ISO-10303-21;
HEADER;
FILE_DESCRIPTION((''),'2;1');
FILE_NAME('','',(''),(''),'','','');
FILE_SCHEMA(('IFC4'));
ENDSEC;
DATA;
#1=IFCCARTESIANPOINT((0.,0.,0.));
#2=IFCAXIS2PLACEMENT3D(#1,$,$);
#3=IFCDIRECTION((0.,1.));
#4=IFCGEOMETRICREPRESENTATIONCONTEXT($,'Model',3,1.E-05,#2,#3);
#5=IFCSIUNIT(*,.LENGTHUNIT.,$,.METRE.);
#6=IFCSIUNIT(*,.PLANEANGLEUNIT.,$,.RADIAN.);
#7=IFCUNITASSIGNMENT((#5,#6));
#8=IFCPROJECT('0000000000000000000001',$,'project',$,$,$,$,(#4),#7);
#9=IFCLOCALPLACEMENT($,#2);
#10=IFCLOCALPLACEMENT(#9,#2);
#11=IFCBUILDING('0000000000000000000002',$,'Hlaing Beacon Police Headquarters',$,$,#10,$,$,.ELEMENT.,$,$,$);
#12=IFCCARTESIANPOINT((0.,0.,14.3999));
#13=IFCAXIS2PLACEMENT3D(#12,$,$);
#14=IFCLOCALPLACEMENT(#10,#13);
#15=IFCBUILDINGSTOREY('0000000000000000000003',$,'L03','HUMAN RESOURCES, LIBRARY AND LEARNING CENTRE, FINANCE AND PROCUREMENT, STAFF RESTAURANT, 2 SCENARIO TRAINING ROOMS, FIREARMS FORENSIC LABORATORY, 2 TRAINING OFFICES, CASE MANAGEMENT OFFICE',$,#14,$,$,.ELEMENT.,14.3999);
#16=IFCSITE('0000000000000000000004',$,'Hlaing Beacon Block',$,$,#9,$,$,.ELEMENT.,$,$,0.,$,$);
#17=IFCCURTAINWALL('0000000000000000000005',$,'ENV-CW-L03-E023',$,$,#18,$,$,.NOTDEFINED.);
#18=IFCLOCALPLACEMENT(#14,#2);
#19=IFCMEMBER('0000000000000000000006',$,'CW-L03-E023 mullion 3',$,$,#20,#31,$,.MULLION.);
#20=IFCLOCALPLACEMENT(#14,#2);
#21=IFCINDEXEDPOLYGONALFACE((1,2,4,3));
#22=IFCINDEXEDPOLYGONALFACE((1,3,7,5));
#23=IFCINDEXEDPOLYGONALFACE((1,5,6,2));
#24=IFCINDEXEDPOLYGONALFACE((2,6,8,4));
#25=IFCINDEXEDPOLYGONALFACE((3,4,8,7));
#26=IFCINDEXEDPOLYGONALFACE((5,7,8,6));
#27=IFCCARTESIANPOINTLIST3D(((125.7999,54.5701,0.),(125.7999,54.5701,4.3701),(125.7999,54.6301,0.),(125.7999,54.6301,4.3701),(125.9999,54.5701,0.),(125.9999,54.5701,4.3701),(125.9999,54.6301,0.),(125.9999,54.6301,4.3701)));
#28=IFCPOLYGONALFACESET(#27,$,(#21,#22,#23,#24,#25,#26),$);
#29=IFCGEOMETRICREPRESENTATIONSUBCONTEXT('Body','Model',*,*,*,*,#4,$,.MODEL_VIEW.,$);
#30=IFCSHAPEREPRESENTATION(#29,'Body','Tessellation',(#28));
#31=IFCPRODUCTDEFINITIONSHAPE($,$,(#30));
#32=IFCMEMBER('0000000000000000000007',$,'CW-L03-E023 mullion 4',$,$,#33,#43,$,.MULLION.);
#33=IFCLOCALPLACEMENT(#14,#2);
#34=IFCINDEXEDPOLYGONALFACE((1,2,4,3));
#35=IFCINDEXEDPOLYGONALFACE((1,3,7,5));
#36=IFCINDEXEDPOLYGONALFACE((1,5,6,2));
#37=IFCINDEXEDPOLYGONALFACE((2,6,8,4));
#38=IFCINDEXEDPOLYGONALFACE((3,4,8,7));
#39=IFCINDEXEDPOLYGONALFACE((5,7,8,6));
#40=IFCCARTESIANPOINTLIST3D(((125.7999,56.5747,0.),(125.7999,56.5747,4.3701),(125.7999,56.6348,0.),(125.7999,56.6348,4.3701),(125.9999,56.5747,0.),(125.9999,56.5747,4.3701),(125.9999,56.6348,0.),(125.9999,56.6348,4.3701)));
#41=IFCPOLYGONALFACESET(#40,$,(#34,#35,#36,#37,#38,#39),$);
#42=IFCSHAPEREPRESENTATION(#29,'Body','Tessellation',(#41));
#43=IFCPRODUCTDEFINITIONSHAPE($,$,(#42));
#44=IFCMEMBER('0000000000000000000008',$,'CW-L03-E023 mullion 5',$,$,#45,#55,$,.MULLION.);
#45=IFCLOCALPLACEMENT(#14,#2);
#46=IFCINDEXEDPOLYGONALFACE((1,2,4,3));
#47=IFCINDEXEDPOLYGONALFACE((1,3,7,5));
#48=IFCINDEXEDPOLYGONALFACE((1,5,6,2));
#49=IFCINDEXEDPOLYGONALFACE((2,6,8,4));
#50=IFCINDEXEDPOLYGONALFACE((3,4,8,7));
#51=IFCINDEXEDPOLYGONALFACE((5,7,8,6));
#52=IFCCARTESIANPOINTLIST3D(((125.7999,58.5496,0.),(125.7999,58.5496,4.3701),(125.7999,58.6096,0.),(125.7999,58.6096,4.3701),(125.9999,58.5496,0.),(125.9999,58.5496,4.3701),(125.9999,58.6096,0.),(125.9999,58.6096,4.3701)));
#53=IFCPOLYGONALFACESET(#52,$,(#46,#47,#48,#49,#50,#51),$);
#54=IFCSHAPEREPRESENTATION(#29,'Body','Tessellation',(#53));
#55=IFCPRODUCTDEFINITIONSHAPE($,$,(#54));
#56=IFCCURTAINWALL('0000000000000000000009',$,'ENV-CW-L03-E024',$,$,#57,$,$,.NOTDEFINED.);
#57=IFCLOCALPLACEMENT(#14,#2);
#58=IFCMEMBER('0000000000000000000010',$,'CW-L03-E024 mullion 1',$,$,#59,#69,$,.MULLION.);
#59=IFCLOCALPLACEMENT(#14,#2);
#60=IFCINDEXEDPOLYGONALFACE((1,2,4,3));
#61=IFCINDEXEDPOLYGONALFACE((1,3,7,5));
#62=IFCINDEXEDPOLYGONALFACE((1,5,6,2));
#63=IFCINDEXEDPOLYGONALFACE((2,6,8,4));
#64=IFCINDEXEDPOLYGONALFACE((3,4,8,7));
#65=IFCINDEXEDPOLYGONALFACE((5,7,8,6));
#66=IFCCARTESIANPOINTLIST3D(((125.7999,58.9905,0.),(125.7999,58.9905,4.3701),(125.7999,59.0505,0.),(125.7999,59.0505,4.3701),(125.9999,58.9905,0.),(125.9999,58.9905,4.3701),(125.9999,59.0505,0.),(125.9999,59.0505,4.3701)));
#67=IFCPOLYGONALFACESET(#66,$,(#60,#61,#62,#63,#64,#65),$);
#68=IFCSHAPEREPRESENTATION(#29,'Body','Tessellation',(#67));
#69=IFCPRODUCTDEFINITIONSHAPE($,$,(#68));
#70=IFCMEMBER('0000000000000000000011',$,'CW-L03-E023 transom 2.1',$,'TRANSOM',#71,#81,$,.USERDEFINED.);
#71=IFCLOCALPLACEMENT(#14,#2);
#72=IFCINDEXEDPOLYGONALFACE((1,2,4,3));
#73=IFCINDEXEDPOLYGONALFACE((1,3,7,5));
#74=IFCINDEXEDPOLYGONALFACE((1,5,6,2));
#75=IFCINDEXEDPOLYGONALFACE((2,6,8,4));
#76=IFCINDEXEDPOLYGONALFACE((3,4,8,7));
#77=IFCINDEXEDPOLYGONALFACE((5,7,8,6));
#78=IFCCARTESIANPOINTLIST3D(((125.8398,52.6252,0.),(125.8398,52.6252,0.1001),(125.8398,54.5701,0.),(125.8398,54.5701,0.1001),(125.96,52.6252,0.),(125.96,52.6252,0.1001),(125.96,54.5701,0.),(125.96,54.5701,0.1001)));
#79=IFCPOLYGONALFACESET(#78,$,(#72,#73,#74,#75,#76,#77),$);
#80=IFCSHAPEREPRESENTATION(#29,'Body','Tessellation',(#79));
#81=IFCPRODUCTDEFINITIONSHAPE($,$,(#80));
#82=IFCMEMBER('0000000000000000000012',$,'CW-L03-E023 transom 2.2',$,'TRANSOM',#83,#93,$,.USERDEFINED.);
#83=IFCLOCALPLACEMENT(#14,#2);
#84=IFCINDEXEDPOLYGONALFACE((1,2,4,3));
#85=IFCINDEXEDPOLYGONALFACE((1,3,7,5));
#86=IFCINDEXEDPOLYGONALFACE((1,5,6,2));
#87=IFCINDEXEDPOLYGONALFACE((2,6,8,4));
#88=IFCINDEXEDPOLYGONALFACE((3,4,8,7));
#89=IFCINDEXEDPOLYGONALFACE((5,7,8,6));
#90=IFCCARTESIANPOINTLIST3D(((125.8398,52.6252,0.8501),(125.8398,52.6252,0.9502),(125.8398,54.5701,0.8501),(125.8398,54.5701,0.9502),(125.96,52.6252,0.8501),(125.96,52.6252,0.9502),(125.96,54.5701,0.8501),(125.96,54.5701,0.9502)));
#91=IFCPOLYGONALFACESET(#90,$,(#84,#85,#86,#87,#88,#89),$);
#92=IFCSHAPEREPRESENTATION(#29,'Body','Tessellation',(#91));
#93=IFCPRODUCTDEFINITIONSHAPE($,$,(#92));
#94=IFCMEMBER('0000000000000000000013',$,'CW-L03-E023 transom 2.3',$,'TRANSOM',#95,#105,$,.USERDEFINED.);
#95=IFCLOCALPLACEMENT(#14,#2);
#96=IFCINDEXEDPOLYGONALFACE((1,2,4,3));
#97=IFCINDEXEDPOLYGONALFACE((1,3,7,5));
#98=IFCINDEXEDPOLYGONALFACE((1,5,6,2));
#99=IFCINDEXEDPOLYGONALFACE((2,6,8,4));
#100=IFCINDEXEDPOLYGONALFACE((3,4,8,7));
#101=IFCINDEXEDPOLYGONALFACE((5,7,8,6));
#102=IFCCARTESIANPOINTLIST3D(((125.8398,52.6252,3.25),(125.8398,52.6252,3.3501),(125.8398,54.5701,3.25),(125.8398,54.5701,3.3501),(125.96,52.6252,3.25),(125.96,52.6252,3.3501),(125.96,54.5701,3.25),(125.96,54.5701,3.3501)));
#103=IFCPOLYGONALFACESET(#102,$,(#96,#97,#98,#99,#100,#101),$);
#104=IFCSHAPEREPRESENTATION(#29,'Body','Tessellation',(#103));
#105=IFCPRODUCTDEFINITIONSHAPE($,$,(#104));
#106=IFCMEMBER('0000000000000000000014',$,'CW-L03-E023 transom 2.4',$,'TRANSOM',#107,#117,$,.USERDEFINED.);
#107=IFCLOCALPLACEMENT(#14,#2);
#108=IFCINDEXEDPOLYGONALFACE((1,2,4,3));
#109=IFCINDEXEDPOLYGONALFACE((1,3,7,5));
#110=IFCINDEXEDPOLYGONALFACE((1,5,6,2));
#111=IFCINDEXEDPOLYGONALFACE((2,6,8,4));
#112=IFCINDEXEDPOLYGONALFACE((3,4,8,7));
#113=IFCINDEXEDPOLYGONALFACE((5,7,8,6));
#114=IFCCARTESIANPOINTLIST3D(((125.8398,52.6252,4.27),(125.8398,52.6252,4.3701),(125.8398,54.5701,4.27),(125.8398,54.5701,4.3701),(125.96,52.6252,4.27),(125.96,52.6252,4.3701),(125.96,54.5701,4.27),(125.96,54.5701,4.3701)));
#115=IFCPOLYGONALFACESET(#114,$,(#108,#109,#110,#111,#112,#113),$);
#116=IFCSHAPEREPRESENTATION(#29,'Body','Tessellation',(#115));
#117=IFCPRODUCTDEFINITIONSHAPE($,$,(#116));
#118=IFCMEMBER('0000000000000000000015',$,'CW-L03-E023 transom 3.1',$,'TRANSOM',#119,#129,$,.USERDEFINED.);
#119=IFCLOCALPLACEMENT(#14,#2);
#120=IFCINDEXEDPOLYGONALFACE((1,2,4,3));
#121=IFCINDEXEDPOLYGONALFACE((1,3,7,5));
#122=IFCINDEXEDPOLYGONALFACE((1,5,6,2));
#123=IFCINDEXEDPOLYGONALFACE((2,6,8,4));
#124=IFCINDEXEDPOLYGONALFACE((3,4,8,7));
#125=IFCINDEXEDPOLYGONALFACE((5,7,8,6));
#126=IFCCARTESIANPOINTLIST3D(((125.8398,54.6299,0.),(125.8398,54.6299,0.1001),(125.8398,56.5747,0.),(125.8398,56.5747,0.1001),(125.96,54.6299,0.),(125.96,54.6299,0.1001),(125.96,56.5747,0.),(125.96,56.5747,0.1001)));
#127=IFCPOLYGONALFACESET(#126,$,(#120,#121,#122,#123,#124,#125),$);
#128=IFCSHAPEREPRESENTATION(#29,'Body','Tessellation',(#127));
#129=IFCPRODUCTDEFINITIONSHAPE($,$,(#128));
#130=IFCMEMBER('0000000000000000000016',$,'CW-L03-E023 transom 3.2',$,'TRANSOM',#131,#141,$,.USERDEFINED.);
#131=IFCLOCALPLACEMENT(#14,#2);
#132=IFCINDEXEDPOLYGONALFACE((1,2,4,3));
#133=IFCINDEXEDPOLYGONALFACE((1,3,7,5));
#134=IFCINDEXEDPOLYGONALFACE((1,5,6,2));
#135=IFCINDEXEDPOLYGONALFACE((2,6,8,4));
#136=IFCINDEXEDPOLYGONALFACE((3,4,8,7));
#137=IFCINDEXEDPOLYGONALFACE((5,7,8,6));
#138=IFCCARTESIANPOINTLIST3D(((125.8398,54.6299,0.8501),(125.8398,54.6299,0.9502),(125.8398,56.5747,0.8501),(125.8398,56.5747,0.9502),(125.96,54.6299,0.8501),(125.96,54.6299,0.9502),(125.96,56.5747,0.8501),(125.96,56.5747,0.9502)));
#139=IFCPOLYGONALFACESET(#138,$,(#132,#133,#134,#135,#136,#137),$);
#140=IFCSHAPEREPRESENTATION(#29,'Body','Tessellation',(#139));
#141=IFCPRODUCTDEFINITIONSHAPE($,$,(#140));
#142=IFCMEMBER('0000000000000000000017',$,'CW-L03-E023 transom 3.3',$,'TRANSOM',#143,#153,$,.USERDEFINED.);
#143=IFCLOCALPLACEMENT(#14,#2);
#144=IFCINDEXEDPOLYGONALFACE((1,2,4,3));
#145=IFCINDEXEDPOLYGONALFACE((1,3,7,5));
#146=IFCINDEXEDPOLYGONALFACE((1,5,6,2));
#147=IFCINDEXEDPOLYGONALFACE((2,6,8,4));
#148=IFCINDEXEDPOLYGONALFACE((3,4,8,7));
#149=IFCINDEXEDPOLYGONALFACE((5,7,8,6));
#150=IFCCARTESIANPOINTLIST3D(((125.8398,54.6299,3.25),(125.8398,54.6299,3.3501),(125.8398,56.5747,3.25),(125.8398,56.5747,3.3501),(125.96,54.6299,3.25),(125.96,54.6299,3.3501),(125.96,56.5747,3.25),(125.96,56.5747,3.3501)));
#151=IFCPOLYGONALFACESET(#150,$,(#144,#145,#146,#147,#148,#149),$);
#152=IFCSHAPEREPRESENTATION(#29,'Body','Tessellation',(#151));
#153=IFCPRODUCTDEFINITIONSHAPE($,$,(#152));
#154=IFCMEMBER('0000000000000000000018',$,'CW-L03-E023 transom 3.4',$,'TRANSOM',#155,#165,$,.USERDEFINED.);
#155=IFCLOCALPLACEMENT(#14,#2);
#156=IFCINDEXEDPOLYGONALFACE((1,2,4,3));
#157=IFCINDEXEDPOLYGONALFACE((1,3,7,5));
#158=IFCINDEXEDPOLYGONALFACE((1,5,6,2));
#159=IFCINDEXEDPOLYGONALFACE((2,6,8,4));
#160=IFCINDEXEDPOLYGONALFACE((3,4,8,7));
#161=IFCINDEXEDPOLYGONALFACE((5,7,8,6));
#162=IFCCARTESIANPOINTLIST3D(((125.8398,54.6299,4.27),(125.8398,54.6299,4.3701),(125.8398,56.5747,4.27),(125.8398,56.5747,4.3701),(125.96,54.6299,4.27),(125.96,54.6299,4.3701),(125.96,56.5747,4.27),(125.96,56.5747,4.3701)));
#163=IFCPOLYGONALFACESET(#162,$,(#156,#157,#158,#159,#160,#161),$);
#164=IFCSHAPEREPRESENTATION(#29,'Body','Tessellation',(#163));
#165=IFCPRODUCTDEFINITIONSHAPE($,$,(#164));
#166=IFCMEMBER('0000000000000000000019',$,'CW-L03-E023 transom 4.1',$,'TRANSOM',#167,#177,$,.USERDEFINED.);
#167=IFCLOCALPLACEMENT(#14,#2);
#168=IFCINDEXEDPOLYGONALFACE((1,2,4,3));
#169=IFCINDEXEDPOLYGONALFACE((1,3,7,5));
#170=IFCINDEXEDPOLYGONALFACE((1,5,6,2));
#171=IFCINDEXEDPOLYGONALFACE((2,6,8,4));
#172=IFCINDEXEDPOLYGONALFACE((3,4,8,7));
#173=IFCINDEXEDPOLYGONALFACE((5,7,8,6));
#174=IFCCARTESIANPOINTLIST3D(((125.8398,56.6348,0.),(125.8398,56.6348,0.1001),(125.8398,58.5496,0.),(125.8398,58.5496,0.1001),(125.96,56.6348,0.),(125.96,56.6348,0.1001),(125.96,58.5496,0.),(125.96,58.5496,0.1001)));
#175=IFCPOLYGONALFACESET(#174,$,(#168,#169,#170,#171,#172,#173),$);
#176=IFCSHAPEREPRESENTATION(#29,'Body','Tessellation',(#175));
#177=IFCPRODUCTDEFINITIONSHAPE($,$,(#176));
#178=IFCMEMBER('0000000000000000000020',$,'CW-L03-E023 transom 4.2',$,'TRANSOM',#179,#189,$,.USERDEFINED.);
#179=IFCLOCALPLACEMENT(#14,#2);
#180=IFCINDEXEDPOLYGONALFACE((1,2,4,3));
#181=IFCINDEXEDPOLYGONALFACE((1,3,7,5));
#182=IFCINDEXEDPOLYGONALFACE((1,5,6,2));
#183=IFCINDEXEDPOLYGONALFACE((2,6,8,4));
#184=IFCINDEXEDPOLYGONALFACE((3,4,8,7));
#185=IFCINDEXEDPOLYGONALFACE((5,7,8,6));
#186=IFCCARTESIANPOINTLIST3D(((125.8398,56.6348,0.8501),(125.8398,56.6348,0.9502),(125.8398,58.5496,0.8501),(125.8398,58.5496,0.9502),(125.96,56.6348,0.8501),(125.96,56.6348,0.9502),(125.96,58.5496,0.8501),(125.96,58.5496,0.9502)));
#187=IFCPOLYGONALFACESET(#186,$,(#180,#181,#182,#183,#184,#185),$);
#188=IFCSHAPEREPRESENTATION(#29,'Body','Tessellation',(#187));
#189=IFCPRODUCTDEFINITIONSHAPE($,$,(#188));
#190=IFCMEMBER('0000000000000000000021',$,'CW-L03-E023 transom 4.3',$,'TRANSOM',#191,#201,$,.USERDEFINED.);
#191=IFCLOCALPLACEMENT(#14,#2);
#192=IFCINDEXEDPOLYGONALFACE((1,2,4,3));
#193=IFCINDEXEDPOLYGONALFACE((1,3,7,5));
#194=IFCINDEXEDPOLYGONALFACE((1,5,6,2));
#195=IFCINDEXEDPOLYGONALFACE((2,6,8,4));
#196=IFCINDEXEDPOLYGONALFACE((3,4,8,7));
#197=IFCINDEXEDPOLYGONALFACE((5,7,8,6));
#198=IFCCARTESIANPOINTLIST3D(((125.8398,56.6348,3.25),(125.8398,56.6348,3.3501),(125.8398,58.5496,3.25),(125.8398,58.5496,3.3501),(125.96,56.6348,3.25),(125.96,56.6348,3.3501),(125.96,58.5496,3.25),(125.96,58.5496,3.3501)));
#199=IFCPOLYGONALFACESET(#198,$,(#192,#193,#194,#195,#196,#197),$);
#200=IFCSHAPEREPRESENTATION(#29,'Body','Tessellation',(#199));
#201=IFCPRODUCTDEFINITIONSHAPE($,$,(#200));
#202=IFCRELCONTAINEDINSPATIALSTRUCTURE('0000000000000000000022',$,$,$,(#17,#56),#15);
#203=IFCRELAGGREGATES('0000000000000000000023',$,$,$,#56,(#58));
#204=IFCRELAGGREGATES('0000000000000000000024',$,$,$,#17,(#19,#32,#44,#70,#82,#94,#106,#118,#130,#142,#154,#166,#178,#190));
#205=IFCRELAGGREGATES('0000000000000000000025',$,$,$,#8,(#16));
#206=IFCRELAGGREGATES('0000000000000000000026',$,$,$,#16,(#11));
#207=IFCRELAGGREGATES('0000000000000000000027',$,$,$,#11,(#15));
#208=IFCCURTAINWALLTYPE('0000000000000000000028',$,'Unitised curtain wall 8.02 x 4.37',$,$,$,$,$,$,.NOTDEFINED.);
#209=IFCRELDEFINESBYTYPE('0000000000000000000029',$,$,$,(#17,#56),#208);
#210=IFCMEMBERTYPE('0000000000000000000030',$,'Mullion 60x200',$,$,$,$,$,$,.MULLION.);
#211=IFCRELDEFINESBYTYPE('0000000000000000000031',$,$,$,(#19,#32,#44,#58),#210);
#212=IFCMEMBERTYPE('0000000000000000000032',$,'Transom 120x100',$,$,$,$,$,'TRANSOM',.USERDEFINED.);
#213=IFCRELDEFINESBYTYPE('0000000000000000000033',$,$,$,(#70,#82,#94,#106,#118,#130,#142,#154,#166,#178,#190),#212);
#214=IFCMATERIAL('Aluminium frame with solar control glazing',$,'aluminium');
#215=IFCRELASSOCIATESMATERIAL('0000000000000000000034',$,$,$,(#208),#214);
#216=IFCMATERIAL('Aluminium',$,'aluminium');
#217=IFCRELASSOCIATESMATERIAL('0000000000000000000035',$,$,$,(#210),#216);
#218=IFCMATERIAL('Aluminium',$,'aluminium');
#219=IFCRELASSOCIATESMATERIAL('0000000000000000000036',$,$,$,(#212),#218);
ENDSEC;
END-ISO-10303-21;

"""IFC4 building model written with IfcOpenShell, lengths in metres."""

from ifc_helpers import new_model, si_unit, direction, frame, origin, origin_2d, place, context, subcontext, project, spatial, rectangle, extrude, material, material_profile, profile_set, type_object, element, aggregate, save


model = new_model("IFC4")

# Units and contexts
model_context = context("Model", 3, precision=1e-05, world=origin(), true_north=direction((0.0, 1.0)))
body_context = subcontext(model_context, "Body", "Model", "MODEL_VIEW")
ifc_project = project(units=[si_unit("LENGTHUNIT", "METRE"), si_unit("PLANEANGLEUNIT", "RADIAN")], contexts=[model_context])

# Site, building, storey
site_placement = place(None, origin())
site = spatial("IfcSite", under=ifc_project, at=site_placement, Name="Hlaing Beacon Block", CompositionType="ELEMENT", RefElevation=0.0)
building_placement = place(site_placement, origin())
building = spatial("IfcBuilding", under=site, at=building_placement, Name="Hlaing Beacon Police Headquarters", CompositionType="ELEMENT")
storey_placement = place(building_placement, frame((0.0, 0.0, 14.3999)))
storey = spatial("IfcBuildingStorey", under=building, at=storey_placement, Name="L03", Description="HUMAN RESOURCES, LIBRARY AND LEARNING CENTRE, FINANCE AND PROCUREMENT, STAFF RESTAURANT, 2 SCENARIO TRAINING ROOMS, FIREARMS FORENSIC LABORATORY, 2 TRAINING OFFICES, CASE MANAGEMENT OFFICE", CompositionType="ELEMENT", Elevation=14.3999)

# Curtain wall, members
ifc_material_1 = material(Name="Aluminium frame with solar control glazing", Category="aluminium")
curtain_wall_type = type_object("IfcCurtainWallType", Name="Unitised curtain wall 8.02 x 4.37", PredefinedType="NOTDEFINED", material=ifc_material_1)
curtain_wall_1_placement = place(storey_placement, origin())
curtain_wall_1 = element("IfcCurtainWall", 1, at=curtain_wall_1_placement, inside=storey, type_object=curtain_wall_type, Name="ENV-CW-L03-E023", PredefinedType="NOTDEFINED")
ifc_material_2 = material(Name="Aluminium", Category="aluminium")
ifc_material_profile_1 = material_profile(ifc_material_2, rectangle(XDim=0.2, YDim=0.0601, at=origin_2d()), Name="Mullion 60x200")
ifc_profile_set_1 = profile_set([ifc_material_profile_1], Name="Aluminium")
member_type_1 = type_object("IfcMemberType", Name="Mullion 60x200", PredefinedType="MULLION", material=ifc_profile_set_1)
member_1_placement = place(storey_placement, frame((125.8999, 54.6001, 0.0), z_axis=(0.0, 0.0, 1.0), x_axis=(-1.0, 0.0, 0.0)))
member_1 = element("IfcMember", 2, at=member_1_placement, type_object=member_type_1, Name="CW-L03-E023 mullion 3", PredefinedType="MULLION", context=body_context, shape_type="SweptSolid", body=[
    extrude(rectangle(XDim=0.2, YDim=0.0601, at=origin_2d()), origin(), (0.0, 0.0, 1.0), 4.3701),
])
member_2_placement = place(storey_placement, frame((125.8999, 56.6047, 0.0), z_axis=(0.0, 0.0, 1.0), x_axis=(-1.0, 0.0, 0.0)))
member_2 = element("IfcMember", 3, at=member_2_placement, type_object=member_type_1, Name="CW-L03-E023 mullion 4", PredefinedType="MULLION", context=body_context, shape_type="SweptSolid", body=[
    extrude(rectangle(XDim=0.2, YDim=0.0601, at=origin_2d()), origin(), (0.0, 0.0, 1.0), 4.3701),
])
member_3_placement = place(storey_placement, frame((125.8999, 58.5796, 0.0), z_axis=(0.0, 0.0, 1.0), x_axis=(-1.0, 0.0, 0.0)))
member_3 = element("IfcMember", 4, at=member_3_placement, type_object=member_type_1, Name="CW-L03-E023 mullion 5", PredefinedType="MULLION", context=body_context, shape_type="SweptSolid", body=[
    extrude(rectangle(XDim=0.2, YDim=0.0601, at=origin_2d()), origin(), (0.0, 0.0, 1.0), 4.3701),
])

# Curtain wall, member
curtain_wall_2_placement = place(storey_placement, origin())
curtain_wall_2 = element("IfcCurtainWall", 5, at=curtain_wall_2_placement, inside=storey, type_object=curtain_wall_type, Name="ENV-CW-L03-E024", PredefinedType="NOTDEFINED")
member_4_placement = place(storey_placement, frame((125.8999, 59.0205, 0.0), z_axis=(0.0, 0.0, 1.0), x_axis=(-1.0, 0.0, 0.0)))
member_4 = element("IfcMember", 6, at=member_4_placement, type_object=member_type_1, Name="CW-L03-E024 mullion 1", PredefinedType="MULLION", context=body_context, shape_type="SweptSolid", body=[
    extrude(rectangle(XDim=0.2, YDim=0.0601, at=origin_2d()), origin(), (0.0, 0.0, 1.0), 4.3701),
])
aggregate(curtain_wall_2, [member_4])

# Members
ifc_material_3 = material(Name="Aluminium", Category="aluminium")
ifc_material_profile_2 = material_profile(ifc_material_3, rectangle(XDim=0.1201, YDim=0.1001, at=origin_2d()), Name="Transom 120x100")
ifc_profile_set_2 = profile_set([ifc_material_profile_2], Name="Aluminium")
member_type_2 = type_object("IfcMemberType", Name="Transom 120x100", ElementType="TRANSOM", PredefinedType="USERDEFINED", material=ifc_profile_set_2)
member_5_placement = place(storey_placement, frame((125.8999, 52.6252, 0.05), z_axis=(0.0, 1.0, 0.0), x_axis=(-1.0, 0.0, 0.0)))
member_5 = element("IfcMember", 7, at=member_5_placement, type_object=member_type_2, Name="CW-L03-E023 transom 2.1", ObjectType="TRANSOM", PredefinedType="USERDEFINED", context=body_context, shape_type="SweptSolid", body=[
    extrude(rectangle(XDim=0.1201, YDim=0.1001, at=origin_2d()), origin(), (0.0, 0.0, 1.0), 1.9448),
])
member_6_placement = place(storey_placement, frame((125.8999, 52.6252, 0.9001), z_axis=(0.0, 1.0, 0.0), x_axis=(-1.0, 0.0, 0.0)))
member_6 = element("IfcMember", 8, at=member_6_placement, type_object=member_type_2, Name="CW-L03-E023 transom 2.2", ObjectType="TRANSOM", PredefinedType="USERDEFINED", context=body_context, shape_type="SweptSolid", body=[
    extrude(rectangle(XDim=0.1201, YDim=0.1001, at=origin_2d()), origin(), (0.0, 0.0, 1.0), 1.9448),
])
member_7_placement = place(storey_placement, frame((125.8999, 52.6252, 3.3), z_axis=(0.0, 1.0, 0.0), x_axis=(-1.0, 0.0, 0.0)))
member_7 = element("IfcMember", 9, at=member_7_placement, type_object=member_type_2, Name="CW-L03-E023 transom 2.3", ObjectType="TRANSOM", PredefinedType="USERDEFINED", context=body_context, shape_type="SweptSolid", body=[
    extrude(rectangle(XDim=0.1201, YDim=0.1001, at=origin_2d()), origin(), (0.0, 0.0, 1.0), 1.9448),
])
member_8_placement = place(storey_placement, frame((125.8999, 52.6252, 4.3201), z_axis=(0.0, 1.0, 0.0), x_axis=(-1.0, 0.0, 0.0)))
member_8 = element("IfcMember", 10, at=member_8_placement, type_object=member_type_2, Name="CW-L03-E023 transom 2.4", ObjectType="TRANSOM", PredefinedType="USERDEFINED", context=body_context, shape_type="SweptSolid", body=[
    extrude(rectangle(XDim=0.1201, YDim=0.1001, at=origin_2d()), origin(), (0.0, 0.0, 1.0), 1.9448),
])
member_9_placement = place(storey_placement, frame((125.8999, 54.6299, 0.05), z_axis=(0.0, 1.0, 0.0), x_axis=(-1.0, 0.0, 0.0)))
member_9 = element("IfcMember", 11, at=member_9_placement, type_object=member_type_2, Name="CW-L03-E023 transom 3.1", ObjectType="TRANSOM", PredefinedType="USERDEFINED", context=body_context, shape_type="SweptSolid", body=[
    extrude(rectangle(XDim=0.1201, YDim=0.1001, at=origin_2d()), origin(), (0.0, 0.0, 1.0), 1.9448),
])
member_10_placement = place(storey_placement, frame((125.8999, 54.6299, 0.9001), z_axis=(0.0, 1.0, 0.0), x_axis=(-1.0, 0.0, 0.0)))
member_10 = element("IfcMember", 12, at=member_10_placement, type_object=member_type_2, Name="CW-L03-E023 transom 3.2", ObjectType="TRANSOM", PredefinedType="USERDEFINED", context=body_context, shape_type="SweptSolid", body=[
    extrude(rectangle(XDim=0.1201, YDim=0.1001, at=origin_2d()), origin(), (0.0, 0.0, 1.0), 1.9448),
])
member_11_placement = place(storey_placement, frame((125.8999, 54.6299, 3.3), z_axis=(0.0, 1.0, 0.0), x_axis=(-1.0, 0.0, 0.0)))
member_11 = element("IfcMember", 13, at=member_11_placement, type_object=member_type_2, Name="CW-L03-E023 transom 3.3", ObjectType="TRANSOM", PredefinedType="USERDEFINED", context=body_context, shape_type="SweptSolid", body=[
    extrude(rectangle(XDim=0.1201, YDim=0.1001, at=origin_2d()), origin(), (0.0, 0.0, 1.0), 1.9448),
])
member_12_placement = place(storey_placement, frame((125.8999, 54.6299, 4.3201), z_axis=(0.0, 1.0, 0.0), x_axis=(-1.0, 0.0, 0.0)))
member_12 = element("IfcMember", 14, at=member_12_placement, type_object=member_type_2, Name="CW-L03-E023 transom 3.4", ObjectType="TRANSOM", PredefinedType="USERDEFINED", context=body_context, shape_type="SweptSolid", body=[
    extrude(rectangle(XDim=0.1201, YDim=0.1001, at=origin_2d()), origin(), (0.0, 0.0, 1.0), 1.9448),
])
member_13_placement = place(storey_placement, frame((125.8999, 56.6348, 0.05), z_axis=(0.0, 1.0, 0.0), x_axis=(-1.0, 0.0, 0.0)))
member_13 = element("IfcMember", 15, at=member_13_placement, type_object=member_type_2, Name="CW-L03-E023 transom 4.1", ObjectType="TRANSOM", PredefinedType="USERDEFINED", context=body_context, shape_type="SweptSolid", body=[
    extrude(rectangle(XDim=0.1201, YDim=0.1001, at=origin_2d()), origin(), (0.0, 0.0, 1.0), 1.9148),
])
member_14_placement = place(storey_placement, frame((125.8999, 56.6348, 0.9001), z_axis=(0.0, 1.0, 0.0), x_axis=(-1.0, 0.0, 0.0)))
member_14 = element("IfcMember", 16, at=member_14_placement, type_object=member_type_2, Name="CW-L03-E023 transom 4.2", ObjectType="TRANSOM", PredefinedType="USERDEFINED", context=body_context, shape_type="SweptSolid", body=[
    extrude(rectangle(XDim=0.1201, YDim=0.1001, at=origin_2d()), origin(), (0.0, 0.0, 1.0), 1.9148),
])
member_15_placement = place(storey_placement, frame((125.8999, 56.6348, 3.3), z_axis=(0.0, 1.0, 0.0), x_axis=(-1.0, 0.0, 0.0)))
member_15 = element("IfcMember", 17, at=member_15_placement, type_object=member_type_2, Name="CW-L03-E023 transom 4.3", ObjectType="TRANSOM", PredefinedType="USERDEFINED", context=body_context, shape_type="SweptSolid", body=[
    extrude(rectangle(XDim=0.1201, YDim=0.1001, at=origin_2d()), origin(), (0.0, 0.0, 1.0), 1.9148),
])
aggregate(curtain_wall_1, [member_1, member_2, member_3, member_5, member_6, member_7, member_8, member_9, member_10, member_11, member_12, member_13, member_14, member_15])

save(model, "model.ifc")
